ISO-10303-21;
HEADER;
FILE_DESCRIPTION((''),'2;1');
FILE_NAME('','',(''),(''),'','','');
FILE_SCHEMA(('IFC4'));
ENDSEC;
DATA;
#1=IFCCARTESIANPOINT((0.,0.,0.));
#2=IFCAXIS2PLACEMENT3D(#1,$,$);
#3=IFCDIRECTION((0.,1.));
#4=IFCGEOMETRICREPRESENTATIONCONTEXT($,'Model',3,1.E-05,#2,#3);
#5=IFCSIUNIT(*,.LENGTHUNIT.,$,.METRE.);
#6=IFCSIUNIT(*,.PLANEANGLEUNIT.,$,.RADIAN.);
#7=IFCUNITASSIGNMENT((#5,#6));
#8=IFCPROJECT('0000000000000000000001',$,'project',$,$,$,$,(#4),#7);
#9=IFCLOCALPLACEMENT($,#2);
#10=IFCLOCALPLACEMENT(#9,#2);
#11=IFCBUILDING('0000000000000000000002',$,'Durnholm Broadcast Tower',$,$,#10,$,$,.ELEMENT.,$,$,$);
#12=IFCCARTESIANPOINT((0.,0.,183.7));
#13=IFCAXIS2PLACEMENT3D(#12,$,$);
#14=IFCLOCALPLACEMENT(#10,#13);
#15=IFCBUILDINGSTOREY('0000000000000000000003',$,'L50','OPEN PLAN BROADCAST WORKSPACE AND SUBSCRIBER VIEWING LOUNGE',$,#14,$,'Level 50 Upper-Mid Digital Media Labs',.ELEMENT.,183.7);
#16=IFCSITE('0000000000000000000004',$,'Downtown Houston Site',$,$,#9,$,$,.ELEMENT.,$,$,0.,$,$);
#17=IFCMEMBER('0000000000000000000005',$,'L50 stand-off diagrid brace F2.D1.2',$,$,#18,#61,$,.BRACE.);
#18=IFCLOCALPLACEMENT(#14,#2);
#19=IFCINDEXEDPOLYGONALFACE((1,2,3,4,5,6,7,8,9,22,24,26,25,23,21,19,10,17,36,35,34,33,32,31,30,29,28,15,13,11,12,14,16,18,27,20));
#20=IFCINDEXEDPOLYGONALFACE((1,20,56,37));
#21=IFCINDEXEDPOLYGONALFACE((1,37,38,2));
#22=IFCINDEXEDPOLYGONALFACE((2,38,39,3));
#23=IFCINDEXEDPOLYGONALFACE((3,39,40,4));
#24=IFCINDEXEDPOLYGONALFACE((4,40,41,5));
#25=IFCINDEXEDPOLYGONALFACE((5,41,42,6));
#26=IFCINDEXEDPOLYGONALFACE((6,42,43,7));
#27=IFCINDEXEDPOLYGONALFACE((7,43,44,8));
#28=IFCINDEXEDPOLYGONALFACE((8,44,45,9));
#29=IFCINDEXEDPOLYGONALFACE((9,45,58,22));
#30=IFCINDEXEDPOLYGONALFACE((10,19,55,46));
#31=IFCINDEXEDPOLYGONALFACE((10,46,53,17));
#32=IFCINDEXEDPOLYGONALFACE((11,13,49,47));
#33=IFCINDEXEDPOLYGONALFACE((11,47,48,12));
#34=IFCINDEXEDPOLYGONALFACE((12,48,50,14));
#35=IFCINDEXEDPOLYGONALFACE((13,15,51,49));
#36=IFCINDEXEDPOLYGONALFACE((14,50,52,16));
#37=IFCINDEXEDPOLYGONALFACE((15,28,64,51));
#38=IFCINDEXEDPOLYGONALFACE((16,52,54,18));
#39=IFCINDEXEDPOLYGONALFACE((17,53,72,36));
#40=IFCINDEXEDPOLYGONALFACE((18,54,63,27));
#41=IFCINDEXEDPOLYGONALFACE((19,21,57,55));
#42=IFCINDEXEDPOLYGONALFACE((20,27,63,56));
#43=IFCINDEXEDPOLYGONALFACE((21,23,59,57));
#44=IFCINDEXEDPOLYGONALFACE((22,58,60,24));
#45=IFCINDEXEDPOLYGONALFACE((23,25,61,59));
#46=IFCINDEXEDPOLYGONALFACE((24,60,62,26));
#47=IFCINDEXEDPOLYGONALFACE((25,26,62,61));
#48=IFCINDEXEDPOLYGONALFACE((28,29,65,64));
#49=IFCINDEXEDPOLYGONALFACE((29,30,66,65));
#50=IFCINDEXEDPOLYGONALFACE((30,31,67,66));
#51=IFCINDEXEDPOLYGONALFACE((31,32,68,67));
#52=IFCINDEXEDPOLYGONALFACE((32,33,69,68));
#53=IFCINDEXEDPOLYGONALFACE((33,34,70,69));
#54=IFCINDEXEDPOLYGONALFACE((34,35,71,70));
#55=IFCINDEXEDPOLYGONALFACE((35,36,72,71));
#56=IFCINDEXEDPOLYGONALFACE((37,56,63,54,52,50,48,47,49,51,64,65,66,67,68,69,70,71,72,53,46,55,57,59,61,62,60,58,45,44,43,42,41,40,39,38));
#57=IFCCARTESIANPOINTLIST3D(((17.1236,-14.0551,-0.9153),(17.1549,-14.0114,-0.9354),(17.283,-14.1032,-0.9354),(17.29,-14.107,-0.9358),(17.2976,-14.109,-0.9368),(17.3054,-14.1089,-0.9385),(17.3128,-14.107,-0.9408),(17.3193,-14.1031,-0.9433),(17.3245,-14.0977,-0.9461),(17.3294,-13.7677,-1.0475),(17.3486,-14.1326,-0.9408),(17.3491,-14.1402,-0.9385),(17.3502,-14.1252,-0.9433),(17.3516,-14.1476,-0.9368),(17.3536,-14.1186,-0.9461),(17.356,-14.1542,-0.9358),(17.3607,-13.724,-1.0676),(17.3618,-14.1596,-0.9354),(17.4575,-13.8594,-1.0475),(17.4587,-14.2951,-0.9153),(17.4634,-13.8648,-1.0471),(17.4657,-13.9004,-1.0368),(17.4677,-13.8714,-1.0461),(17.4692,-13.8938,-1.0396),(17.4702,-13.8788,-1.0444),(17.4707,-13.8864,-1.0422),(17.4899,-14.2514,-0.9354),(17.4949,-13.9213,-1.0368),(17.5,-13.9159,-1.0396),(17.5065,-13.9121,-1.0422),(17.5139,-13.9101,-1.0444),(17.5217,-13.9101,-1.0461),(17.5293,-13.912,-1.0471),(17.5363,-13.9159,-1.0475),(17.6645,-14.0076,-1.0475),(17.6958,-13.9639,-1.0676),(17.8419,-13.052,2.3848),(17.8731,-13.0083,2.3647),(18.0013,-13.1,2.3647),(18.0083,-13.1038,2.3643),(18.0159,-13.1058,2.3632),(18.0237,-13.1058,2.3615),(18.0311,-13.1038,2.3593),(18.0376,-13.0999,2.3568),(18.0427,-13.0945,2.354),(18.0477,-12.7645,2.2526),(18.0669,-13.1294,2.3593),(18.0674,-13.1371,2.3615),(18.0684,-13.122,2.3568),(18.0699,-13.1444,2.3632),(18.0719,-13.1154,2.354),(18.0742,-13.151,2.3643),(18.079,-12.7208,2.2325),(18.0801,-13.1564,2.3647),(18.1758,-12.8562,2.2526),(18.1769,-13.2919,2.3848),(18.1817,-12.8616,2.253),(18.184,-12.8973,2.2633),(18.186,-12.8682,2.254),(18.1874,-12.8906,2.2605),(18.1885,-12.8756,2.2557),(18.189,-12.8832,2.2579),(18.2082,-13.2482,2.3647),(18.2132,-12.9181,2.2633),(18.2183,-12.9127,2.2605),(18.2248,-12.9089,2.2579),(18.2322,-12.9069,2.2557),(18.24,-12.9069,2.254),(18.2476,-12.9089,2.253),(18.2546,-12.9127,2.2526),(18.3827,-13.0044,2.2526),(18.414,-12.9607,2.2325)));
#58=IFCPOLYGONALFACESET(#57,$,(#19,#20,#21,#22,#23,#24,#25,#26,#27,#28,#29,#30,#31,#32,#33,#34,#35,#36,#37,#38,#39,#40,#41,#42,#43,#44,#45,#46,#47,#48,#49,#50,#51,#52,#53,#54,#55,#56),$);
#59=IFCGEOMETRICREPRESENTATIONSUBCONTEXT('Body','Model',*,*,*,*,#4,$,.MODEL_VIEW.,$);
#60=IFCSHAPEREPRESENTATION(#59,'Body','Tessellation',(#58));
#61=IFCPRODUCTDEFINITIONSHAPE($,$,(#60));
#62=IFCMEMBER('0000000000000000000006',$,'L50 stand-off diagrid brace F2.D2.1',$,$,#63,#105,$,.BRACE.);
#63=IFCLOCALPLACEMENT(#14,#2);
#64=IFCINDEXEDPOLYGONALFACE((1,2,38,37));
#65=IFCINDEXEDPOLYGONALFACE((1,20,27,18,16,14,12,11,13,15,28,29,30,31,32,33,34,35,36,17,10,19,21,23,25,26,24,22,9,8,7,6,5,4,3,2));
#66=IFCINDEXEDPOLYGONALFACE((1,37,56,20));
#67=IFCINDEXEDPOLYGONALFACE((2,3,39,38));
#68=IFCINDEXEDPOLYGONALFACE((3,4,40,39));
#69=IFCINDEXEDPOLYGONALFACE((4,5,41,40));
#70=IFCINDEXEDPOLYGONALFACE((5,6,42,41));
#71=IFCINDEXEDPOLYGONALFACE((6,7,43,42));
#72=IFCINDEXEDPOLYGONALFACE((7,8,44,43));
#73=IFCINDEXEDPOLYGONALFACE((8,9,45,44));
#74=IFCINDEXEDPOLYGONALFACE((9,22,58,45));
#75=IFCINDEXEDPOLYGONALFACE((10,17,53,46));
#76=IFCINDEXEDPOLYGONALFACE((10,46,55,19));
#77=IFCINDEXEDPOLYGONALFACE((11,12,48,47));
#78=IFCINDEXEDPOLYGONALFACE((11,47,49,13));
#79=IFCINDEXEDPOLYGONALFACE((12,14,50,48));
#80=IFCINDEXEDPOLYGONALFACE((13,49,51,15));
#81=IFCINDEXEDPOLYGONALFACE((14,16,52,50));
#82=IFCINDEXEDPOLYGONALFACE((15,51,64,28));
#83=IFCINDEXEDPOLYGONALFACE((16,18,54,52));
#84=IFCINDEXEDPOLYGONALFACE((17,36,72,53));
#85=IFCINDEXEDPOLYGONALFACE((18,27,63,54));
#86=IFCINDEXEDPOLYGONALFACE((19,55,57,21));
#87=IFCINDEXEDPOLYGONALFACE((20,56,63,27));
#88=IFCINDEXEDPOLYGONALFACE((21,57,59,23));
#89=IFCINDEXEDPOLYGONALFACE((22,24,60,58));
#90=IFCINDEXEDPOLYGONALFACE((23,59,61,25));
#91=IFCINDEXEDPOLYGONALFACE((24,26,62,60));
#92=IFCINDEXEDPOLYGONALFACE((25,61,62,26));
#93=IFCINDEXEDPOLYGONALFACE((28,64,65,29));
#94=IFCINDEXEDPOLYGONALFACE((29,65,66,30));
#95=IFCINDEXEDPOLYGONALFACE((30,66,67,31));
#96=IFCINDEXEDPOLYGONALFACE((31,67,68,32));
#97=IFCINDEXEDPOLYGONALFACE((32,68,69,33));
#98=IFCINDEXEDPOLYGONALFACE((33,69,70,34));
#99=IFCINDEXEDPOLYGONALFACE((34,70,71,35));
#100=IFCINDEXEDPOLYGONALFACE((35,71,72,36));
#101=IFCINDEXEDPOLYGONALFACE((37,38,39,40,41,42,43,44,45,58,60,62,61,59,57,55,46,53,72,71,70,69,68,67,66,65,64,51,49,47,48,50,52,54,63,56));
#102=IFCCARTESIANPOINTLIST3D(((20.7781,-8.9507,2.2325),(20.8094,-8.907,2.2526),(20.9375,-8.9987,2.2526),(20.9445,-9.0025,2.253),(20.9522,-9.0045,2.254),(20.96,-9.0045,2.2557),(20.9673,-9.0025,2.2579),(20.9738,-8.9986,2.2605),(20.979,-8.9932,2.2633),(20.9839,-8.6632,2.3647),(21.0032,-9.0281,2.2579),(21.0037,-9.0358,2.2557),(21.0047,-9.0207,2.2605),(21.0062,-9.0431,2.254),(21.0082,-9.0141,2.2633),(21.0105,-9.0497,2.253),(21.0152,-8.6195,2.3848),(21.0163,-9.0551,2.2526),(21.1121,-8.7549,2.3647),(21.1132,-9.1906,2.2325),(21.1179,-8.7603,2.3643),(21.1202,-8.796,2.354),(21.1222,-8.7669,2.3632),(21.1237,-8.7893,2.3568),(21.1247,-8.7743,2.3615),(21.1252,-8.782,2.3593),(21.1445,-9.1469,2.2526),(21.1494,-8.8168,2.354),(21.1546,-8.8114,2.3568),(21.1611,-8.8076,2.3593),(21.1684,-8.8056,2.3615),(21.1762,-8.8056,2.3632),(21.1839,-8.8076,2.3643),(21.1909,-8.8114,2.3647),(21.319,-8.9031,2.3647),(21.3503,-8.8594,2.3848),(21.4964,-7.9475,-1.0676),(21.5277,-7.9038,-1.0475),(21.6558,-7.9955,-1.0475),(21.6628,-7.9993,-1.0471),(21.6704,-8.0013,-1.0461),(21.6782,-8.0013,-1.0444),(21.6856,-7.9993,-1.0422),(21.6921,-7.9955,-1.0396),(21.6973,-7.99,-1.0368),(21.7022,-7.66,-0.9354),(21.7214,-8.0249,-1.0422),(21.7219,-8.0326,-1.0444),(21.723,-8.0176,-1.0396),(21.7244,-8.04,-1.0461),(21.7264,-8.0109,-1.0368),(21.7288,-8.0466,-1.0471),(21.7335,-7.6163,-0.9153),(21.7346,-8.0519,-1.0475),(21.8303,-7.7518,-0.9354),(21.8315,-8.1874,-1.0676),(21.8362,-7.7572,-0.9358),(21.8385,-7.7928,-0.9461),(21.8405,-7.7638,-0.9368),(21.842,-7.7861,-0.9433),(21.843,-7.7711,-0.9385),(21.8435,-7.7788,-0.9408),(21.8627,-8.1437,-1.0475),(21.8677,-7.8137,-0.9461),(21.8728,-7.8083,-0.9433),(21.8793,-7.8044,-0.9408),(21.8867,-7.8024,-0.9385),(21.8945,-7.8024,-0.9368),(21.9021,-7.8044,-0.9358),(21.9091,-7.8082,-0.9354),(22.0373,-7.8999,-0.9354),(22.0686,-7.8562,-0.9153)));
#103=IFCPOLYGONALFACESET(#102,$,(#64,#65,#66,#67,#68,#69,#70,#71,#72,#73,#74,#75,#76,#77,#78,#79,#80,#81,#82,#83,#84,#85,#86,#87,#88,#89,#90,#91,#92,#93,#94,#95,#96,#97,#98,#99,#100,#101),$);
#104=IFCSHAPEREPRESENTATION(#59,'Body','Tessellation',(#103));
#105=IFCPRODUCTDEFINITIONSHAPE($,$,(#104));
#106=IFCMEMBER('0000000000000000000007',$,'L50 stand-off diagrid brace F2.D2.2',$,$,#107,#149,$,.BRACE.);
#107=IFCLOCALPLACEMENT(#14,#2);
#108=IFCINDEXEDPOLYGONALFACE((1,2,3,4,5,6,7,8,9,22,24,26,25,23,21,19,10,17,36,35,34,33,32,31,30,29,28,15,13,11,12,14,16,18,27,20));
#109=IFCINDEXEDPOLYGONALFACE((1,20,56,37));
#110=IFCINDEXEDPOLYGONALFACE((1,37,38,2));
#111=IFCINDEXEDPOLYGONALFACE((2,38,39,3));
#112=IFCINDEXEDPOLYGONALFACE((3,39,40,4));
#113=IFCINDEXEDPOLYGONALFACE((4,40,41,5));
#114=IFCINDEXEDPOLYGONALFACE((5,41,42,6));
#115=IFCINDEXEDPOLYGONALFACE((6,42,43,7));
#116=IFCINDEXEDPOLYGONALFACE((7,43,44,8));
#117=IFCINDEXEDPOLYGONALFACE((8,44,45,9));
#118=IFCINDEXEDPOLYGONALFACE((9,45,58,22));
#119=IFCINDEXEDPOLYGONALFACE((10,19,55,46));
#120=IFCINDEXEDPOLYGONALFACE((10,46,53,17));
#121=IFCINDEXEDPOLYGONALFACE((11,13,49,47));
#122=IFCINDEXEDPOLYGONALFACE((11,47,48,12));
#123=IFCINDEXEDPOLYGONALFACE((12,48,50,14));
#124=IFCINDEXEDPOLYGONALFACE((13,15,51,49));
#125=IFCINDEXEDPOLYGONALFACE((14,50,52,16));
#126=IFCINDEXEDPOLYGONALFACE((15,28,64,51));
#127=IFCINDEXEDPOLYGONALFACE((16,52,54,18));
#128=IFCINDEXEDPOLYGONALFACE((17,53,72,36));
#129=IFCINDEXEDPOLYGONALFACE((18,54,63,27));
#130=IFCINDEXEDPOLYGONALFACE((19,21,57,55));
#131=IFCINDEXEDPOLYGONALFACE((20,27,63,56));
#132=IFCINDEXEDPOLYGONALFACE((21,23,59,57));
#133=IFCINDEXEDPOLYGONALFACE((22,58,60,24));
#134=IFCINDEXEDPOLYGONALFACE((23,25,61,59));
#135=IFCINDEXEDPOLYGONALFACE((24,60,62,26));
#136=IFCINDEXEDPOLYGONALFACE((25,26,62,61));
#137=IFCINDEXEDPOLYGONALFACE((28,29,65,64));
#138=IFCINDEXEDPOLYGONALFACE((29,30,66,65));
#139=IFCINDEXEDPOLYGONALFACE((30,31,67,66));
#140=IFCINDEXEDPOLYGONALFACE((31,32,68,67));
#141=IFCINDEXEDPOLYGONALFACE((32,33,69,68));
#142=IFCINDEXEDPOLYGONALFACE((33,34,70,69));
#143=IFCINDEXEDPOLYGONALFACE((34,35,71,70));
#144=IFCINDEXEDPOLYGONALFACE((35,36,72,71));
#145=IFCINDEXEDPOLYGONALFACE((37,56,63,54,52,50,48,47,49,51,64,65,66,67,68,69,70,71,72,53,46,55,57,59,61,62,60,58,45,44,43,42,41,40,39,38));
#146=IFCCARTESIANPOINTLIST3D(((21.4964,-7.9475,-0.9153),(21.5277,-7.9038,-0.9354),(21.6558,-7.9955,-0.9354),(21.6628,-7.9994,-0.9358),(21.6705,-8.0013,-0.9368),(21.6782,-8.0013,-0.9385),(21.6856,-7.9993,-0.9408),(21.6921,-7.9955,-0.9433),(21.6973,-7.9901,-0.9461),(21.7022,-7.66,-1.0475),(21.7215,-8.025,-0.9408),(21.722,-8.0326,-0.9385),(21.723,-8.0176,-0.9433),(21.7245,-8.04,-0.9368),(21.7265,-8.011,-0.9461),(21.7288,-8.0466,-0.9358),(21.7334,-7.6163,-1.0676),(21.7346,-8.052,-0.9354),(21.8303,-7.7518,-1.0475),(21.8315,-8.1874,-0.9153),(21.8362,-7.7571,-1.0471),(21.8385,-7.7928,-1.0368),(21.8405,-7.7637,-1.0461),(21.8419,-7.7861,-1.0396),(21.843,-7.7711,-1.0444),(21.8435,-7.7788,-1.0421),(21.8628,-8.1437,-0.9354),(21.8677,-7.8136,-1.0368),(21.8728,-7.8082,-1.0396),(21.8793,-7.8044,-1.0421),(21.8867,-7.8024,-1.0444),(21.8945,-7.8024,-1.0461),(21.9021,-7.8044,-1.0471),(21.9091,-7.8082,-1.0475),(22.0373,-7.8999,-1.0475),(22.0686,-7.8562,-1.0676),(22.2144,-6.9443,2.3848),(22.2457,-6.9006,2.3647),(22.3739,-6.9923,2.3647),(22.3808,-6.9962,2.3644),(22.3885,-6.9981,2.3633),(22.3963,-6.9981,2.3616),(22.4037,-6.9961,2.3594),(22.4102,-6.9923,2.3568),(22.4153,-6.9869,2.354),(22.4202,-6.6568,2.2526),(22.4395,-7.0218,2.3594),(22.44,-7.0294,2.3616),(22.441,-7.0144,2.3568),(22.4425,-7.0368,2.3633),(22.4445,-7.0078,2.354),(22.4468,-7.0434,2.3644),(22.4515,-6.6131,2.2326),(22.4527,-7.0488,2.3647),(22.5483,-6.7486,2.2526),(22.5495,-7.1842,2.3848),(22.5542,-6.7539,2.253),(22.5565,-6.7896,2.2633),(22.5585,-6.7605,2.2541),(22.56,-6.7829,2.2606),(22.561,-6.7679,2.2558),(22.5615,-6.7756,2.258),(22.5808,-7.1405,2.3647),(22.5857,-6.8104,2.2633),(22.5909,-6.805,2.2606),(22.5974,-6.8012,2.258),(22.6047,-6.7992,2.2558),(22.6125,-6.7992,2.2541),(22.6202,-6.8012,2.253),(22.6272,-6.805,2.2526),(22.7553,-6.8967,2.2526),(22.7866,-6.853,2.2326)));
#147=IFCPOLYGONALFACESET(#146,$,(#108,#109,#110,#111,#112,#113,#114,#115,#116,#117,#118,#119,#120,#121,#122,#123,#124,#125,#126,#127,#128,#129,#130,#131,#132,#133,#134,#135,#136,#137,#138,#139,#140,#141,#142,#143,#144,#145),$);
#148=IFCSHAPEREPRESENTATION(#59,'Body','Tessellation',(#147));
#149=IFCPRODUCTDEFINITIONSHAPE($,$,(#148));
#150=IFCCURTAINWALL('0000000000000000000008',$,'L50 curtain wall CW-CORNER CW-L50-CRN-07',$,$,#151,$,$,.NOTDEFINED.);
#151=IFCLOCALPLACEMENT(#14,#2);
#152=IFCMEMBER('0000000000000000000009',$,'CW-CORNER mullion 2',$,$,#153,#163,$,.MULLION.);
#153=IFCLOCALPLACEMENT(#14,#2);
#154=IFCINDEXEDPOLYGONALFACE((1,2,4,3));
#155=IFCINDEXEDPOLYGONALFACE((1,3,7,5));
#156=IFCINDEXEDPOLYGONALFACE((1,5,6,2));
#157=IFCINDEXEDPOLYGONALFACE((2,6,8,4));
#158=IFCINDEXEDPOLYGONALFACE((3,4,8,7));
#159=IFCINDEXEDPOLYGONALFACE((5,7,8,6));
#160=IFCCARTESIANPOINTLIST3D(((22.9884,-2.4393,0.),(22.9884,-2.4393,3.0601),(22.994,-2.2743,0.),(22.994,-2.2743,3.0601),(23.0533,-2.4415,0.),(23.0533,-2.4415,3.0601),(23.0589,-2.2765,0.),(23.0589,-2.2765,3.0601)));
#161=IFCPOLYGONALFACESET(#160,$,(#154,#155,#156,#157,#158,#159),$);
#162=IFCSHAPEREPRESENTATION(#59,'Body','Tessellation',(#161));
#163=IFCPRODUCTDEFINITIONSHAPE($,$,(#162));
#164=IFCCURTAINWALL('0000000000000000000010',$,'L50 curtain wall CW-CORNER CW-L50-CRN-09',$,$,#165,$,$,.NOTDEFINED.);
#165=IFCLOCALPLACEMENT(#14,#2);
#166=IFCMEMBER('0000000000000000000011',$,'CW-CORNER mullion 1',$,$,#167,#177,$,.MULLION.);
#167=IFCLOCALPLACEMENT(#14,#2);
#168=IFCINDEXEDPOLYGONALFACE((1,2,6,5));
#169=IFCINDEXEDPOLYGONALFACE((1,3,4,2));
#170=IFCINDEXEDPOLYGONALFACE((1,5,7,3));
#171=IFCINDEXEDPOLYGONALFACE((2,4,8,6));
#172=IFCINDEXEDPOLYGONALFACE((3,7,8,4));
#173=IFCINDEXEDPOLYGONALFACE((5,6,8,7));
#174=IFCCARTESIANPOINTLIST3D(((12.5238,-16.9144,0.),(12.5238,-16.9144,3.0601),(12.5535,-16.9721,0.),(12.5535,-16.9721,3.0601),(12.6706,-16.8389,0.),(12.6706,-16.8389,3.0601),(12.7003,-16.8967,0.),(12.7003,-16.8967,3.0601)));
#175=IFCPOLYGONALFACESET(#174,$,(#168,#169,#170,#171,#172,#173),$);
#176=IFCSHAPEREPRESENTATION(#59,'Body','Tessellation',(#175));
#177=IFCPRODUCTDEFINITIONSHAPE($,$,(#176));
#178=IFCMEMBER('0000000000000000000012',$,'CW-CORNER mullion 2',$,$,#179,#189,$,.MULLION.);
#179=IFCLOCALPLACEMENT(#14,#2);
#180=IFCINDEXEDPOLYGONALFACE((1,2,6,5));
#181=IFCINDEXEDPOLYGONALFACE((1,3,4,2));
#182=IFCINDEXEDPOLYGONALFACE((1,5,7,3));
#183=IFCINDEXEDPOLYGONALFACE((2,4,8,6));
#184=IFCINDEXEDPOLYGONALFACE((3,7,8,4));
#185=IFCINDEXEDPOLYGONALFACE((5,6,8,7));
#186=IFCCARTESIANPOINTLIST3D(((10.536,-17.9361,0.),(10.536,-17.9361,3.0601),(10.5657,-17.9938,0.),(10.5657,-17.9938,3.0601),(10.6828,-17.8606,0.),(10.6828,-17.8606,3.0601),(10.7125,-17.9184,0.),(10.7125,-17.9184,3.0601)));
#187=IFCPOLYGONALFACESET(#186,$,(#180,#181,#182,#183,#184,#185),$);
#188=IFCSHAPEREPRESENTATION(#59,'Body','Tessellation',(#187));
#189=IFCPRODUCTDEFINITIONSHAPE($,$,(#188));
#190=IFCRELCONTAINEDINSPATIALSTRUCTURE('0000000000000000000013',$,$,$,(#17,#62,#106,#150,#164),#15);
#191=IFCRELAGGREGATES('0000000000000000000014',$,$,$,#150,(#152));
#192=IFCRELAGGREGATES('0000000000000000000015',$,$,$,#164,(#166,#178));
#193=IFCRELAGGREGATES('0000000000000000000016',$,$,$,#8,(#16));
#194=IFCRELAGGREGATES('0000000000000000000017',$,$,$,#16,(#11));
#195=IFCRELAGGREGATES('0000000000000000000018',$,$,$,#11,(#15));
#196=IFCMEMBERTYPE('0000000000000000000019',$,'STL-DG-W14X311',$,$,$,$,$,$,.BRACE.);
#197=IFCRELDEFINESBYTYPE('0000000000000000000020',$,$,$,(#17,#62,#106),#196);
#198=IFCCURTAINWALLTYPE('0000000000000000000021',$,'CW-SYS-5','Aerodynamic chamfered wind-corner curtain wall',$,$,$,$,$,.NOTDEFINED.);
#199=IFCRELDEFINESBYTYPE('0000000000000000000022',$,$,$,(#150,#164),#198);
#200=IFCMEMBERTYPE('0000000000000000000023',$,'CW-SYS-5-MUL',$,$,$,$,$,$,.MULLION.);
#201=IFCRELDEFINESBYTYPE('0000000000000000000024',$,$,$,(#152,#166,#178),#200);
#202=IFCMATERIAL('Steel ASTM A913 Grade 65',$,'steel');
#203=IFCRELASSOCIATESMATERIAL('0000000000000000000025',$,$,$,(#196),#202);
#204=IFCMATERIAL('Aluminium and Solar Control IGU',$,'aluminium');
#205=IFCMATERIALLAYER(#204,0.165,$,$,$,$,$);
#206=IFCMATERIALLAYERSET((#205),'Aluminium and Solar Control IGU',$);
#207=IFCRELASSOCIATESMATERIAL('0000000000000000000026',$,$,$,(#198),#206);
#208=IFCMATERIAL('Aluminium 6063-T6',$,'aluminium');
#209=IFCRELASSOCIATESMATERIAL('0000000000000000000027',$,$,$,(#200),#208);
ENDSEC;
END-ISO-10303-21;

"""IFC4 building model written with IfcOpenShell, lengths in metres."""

from ifc_helpers import new_model, si_unit, direction, frame, origin, origin_2d, place, context, subcontext, project, spatial, rectangle, i_section, extrude, source, transform, mapped, material, layer, layer_set, material_profile, profile_set, type_object, type_shapes, element, aggregate, save


model = new_model("IFC4")

# Units and contexts
model_context = context("Model", 3, precision=1e-05, world=origin(), true_north=direction((0.0, 1.0)))
body_context = subcontext(model_context, "Body", "Model", "MODEL_VIEW")
ifc_project = project(units=[si_unit("LENGTHUNIT", "METRE"), si_unit("PLANEANGLEUNIT", "RADIAN")], contexts=[model_context])

# Site, building, storey
site_placement = place(None, origin())
site = spatial("IfcSite", under=ifc_project, at=site_placement, Name="Downtown Houston Site", CompositionType="ELEMENT", RefElevation=0.0)
building_placement = place(site_placement, origin())
building = spatial("IfcBuilding", under=site, at=building_placement, Name="Durnholm Broadcast Tower", CompositionType="ELEMENT")
storey_placement = place(building_placement, frame((0.0, 0.0, 183.7)))
storey = spatial("IfcBuildingStorey", under=building, at=storey_placement, Name="L50", Description="OPEN PLAN BROADCAST WORKSPACE AND SUBSCRIBER VIEWING LOUNGE", LongName="Level 50 Upper-Mid Digital Media Labs", CompositionType="ELEMENT", Elevation=183.7)

# Members
ifc_material_1 = material(Name="Steel ASTM A913 Grade 65", Category="steel")
ifc_material_profile_1 = material_profile(ifc_material_1, i_section(OverallWidth=0.4121, OverallDepth=0.4348, WebThickness=0.0359, FlangeThickness=0.0574, FilletRadius=0.0305, at=origin_2d()), Name="W14X311")
ifc_profile_set_1 = profile_set([ifc_material_profile_1], Name="Steel ASTM A913 Grade 65")
member_type_1 = type_object("IfcMemberType", Name="STL-DG-W14X311", PredefinedType="BRACE", material=ifc_profile_set_1)
shared_shape_1 = source(origin(), body_context, "Body", "SweptSolid", [
    extrude(i_section(OverallWidth=0.4121, OverallDepth=0.4348, WebThickness=0.0359, FlangeThickness=0.0574, FilletRadius=0.0305, at=origin_2d()), origin(), (0.0, 0.0, 1.0), 3.5232),
])
type_shapes(member_type_1, [shared_shape_1])
for number, where, z_axis, x_axis, name in (
    (1, (17.4097, -14.0095, -0.9915), (0.203869, 0.284738, 0.936676), (-0.813078, 0.582155, 0.0), "L50 stand-off diagrid brace F2.D1.2"),
    (2, (21.7825, -7.9019, -0.9915), (-0.203869, -0.284738, 0.936676), (0.813078, -0.582155, 0.0), "L50 stand-off diagrid brace F2.D2.1"),
    (3, (21.7825, -7.9019, -0.9915), (0.203803, 0.284742, 0.936689), (-0.813171, 0.582024, 0.0), "L50 stand-off diagrid brace F2.D2.2"),
):
    element("IfcMember", number, at=place(storey_placement, frame(where, z_axis=z_axis, x_axis=x_axis)), inside=storey, type_object=member_type_1, Name=name, PredefinedType="BRACE", context=body_context, shape_type="MappedRepresentation", body=[
        mapped(shared_shape_1, transform((0.0, 0.0, 0.0), x_axis=(1.0, 0.0, 0.0), y_axis=(0.0, 1.0, 0.0), z_axis=(0.0, 0.0, 1.0), scale=1.0)),
    ])

# Curtain wall, member
ifc_material_2 = material(Name="Aluminium and Solar Control IGU", Category="aluminium")
ifc_layer_1 = layer(ifc_material_2, 0.165)
ifc_layer_set_1 = layer_set([ifc_layer_1], Name="Aluminium and Solar Control IGU")
curtain_wall_type_1 = type_object("IfcCurtainWallType", Name="CW-SYS-5", Description="Aerodynamic chamfered wind-corner curtain wall", PredefinedType="NOTDEFINED", material=ifc_layer_set_1)
curtain_wall_1_placement = place(storey_placement, origin())
curtain_wall_1 = element("IfcCurtainWall", 4, at=curtain_wall_1_placement, inside=storey, type_object=curtain_wall_type_1, Name="L50 curtain wall CW-CORNER CW-L50-CRN-07", PredefinedType="NOTDEFINED")
ifc_material_3 = material(Name="Aluminium 6063-T6", Category="aluminium")
ifc_material_profile_2 = material_profile(ifc_material_3, rectangle(XDim=0.0649, YDim=0.165, at=origin_2d()), Name="CWM65X165")
ifc_profile_set_2 = profile_set([ifc_material_profile_2], Name="Aluminium 6063-T6")
member_type_2 = type_object("IfcMemberType", Name="CW-SYS-5-MUL", PredefinedType="MULLION", material=ifc_profile_set_2)
shared_shape_2 = source(origin(), body_context, "Body", "SweptSolid", [
    extrude(rectangle(XDim=0.0649, YDim=0.165, at=origin_2d()), origin(), (0.0, 0.0, 1.0), 3.0601),
])
type_shapes(member_type_2, [shared_shape_2])
member_1_placement = place(storey_placement, frame((23.0237, -2.3579, 0.0), z_axis=(0.0, 0.0, 1.0), x_axis=(0.999425, -0.033913, 0.0)))
member_1 = element("IfcMember", 5, at=member_1_placement, type_object=member_type_2, Name="CW-CORNER mullion 2", PredefinedType="MULLION", context=body_context, shape_type="MappedRepresentation", body=[
    mapped(shared_shape_2, transform((0.0, 0.0, 0.0), x_axis=(1.0, 0.0, 0.0), y_axis=(0.0, 1.0, 0.0), z_axis=(0.0, 0.0, 1.0), scale=1.0)),
])
aggregate(curtain_wall_1, [member_1])

# Curtain wall, members
curtain_wall_2_placement = place(storey_placement, origin())
curtain_wall_2 = element("IfcCurtainWall", 6, at=curtain_wall_2_placement, inside=storey, type_object=curtain_wall_type_1, Name="L50 curtain wall CW-CORNER CW-L50-CRN-09", PredefinedType="NOTDEFINED")
member_2_placement = place(storey_placement, frame((12.6121, -16.9055, 0.0), z_axis=(0.0, 0.0, 1.0), x_axis=(0.457082, -0.889425, 0.0)))
member_2 = element("IfcMember", 7, at=member_2_placement, type_object=member_type_2, Name="CW-CORNER mullion 1", PredefinedType="MULLION", context=body_context, shape_type="MappedRepresentation", body=[
    mapped(shared_shape_2, transform((0.0, 0.0, 0.0), x_axis=(1.0, 0.0, 0.0), y_axis=(0.0, 1.0, 0.0), z_axis=(0.0, 0.0, 1.0), scale=1.0)),
])
member_3_placement = place(storey_placement, frame((10.6243, -17.9272, 0.0), z_axis=(0.0, 0.0, 1.0), x_axis=(0.457082, -0.889425, 0.0)))
member_3 = element("IfcMember", 8, at=member_3_placement, type_object=member_type_2, Name="CW-CORNER mullion 2", PredefinedType="MULLION", context=body_context, shape_type="MappedRepresentation", body=[
    mapped(shared_shape_2, transform((0.0, 0.0, 0.0), x_axis=(1.0, 0.0, 0.0), y_axis=(0.0, 1.0, 0.0), z_axis=(0.0, 0.0, 1.0), scale=1.0)),
])

aggregate(curtain_wall_2, [member_2, member_3])

save(model, "model.ifc")
